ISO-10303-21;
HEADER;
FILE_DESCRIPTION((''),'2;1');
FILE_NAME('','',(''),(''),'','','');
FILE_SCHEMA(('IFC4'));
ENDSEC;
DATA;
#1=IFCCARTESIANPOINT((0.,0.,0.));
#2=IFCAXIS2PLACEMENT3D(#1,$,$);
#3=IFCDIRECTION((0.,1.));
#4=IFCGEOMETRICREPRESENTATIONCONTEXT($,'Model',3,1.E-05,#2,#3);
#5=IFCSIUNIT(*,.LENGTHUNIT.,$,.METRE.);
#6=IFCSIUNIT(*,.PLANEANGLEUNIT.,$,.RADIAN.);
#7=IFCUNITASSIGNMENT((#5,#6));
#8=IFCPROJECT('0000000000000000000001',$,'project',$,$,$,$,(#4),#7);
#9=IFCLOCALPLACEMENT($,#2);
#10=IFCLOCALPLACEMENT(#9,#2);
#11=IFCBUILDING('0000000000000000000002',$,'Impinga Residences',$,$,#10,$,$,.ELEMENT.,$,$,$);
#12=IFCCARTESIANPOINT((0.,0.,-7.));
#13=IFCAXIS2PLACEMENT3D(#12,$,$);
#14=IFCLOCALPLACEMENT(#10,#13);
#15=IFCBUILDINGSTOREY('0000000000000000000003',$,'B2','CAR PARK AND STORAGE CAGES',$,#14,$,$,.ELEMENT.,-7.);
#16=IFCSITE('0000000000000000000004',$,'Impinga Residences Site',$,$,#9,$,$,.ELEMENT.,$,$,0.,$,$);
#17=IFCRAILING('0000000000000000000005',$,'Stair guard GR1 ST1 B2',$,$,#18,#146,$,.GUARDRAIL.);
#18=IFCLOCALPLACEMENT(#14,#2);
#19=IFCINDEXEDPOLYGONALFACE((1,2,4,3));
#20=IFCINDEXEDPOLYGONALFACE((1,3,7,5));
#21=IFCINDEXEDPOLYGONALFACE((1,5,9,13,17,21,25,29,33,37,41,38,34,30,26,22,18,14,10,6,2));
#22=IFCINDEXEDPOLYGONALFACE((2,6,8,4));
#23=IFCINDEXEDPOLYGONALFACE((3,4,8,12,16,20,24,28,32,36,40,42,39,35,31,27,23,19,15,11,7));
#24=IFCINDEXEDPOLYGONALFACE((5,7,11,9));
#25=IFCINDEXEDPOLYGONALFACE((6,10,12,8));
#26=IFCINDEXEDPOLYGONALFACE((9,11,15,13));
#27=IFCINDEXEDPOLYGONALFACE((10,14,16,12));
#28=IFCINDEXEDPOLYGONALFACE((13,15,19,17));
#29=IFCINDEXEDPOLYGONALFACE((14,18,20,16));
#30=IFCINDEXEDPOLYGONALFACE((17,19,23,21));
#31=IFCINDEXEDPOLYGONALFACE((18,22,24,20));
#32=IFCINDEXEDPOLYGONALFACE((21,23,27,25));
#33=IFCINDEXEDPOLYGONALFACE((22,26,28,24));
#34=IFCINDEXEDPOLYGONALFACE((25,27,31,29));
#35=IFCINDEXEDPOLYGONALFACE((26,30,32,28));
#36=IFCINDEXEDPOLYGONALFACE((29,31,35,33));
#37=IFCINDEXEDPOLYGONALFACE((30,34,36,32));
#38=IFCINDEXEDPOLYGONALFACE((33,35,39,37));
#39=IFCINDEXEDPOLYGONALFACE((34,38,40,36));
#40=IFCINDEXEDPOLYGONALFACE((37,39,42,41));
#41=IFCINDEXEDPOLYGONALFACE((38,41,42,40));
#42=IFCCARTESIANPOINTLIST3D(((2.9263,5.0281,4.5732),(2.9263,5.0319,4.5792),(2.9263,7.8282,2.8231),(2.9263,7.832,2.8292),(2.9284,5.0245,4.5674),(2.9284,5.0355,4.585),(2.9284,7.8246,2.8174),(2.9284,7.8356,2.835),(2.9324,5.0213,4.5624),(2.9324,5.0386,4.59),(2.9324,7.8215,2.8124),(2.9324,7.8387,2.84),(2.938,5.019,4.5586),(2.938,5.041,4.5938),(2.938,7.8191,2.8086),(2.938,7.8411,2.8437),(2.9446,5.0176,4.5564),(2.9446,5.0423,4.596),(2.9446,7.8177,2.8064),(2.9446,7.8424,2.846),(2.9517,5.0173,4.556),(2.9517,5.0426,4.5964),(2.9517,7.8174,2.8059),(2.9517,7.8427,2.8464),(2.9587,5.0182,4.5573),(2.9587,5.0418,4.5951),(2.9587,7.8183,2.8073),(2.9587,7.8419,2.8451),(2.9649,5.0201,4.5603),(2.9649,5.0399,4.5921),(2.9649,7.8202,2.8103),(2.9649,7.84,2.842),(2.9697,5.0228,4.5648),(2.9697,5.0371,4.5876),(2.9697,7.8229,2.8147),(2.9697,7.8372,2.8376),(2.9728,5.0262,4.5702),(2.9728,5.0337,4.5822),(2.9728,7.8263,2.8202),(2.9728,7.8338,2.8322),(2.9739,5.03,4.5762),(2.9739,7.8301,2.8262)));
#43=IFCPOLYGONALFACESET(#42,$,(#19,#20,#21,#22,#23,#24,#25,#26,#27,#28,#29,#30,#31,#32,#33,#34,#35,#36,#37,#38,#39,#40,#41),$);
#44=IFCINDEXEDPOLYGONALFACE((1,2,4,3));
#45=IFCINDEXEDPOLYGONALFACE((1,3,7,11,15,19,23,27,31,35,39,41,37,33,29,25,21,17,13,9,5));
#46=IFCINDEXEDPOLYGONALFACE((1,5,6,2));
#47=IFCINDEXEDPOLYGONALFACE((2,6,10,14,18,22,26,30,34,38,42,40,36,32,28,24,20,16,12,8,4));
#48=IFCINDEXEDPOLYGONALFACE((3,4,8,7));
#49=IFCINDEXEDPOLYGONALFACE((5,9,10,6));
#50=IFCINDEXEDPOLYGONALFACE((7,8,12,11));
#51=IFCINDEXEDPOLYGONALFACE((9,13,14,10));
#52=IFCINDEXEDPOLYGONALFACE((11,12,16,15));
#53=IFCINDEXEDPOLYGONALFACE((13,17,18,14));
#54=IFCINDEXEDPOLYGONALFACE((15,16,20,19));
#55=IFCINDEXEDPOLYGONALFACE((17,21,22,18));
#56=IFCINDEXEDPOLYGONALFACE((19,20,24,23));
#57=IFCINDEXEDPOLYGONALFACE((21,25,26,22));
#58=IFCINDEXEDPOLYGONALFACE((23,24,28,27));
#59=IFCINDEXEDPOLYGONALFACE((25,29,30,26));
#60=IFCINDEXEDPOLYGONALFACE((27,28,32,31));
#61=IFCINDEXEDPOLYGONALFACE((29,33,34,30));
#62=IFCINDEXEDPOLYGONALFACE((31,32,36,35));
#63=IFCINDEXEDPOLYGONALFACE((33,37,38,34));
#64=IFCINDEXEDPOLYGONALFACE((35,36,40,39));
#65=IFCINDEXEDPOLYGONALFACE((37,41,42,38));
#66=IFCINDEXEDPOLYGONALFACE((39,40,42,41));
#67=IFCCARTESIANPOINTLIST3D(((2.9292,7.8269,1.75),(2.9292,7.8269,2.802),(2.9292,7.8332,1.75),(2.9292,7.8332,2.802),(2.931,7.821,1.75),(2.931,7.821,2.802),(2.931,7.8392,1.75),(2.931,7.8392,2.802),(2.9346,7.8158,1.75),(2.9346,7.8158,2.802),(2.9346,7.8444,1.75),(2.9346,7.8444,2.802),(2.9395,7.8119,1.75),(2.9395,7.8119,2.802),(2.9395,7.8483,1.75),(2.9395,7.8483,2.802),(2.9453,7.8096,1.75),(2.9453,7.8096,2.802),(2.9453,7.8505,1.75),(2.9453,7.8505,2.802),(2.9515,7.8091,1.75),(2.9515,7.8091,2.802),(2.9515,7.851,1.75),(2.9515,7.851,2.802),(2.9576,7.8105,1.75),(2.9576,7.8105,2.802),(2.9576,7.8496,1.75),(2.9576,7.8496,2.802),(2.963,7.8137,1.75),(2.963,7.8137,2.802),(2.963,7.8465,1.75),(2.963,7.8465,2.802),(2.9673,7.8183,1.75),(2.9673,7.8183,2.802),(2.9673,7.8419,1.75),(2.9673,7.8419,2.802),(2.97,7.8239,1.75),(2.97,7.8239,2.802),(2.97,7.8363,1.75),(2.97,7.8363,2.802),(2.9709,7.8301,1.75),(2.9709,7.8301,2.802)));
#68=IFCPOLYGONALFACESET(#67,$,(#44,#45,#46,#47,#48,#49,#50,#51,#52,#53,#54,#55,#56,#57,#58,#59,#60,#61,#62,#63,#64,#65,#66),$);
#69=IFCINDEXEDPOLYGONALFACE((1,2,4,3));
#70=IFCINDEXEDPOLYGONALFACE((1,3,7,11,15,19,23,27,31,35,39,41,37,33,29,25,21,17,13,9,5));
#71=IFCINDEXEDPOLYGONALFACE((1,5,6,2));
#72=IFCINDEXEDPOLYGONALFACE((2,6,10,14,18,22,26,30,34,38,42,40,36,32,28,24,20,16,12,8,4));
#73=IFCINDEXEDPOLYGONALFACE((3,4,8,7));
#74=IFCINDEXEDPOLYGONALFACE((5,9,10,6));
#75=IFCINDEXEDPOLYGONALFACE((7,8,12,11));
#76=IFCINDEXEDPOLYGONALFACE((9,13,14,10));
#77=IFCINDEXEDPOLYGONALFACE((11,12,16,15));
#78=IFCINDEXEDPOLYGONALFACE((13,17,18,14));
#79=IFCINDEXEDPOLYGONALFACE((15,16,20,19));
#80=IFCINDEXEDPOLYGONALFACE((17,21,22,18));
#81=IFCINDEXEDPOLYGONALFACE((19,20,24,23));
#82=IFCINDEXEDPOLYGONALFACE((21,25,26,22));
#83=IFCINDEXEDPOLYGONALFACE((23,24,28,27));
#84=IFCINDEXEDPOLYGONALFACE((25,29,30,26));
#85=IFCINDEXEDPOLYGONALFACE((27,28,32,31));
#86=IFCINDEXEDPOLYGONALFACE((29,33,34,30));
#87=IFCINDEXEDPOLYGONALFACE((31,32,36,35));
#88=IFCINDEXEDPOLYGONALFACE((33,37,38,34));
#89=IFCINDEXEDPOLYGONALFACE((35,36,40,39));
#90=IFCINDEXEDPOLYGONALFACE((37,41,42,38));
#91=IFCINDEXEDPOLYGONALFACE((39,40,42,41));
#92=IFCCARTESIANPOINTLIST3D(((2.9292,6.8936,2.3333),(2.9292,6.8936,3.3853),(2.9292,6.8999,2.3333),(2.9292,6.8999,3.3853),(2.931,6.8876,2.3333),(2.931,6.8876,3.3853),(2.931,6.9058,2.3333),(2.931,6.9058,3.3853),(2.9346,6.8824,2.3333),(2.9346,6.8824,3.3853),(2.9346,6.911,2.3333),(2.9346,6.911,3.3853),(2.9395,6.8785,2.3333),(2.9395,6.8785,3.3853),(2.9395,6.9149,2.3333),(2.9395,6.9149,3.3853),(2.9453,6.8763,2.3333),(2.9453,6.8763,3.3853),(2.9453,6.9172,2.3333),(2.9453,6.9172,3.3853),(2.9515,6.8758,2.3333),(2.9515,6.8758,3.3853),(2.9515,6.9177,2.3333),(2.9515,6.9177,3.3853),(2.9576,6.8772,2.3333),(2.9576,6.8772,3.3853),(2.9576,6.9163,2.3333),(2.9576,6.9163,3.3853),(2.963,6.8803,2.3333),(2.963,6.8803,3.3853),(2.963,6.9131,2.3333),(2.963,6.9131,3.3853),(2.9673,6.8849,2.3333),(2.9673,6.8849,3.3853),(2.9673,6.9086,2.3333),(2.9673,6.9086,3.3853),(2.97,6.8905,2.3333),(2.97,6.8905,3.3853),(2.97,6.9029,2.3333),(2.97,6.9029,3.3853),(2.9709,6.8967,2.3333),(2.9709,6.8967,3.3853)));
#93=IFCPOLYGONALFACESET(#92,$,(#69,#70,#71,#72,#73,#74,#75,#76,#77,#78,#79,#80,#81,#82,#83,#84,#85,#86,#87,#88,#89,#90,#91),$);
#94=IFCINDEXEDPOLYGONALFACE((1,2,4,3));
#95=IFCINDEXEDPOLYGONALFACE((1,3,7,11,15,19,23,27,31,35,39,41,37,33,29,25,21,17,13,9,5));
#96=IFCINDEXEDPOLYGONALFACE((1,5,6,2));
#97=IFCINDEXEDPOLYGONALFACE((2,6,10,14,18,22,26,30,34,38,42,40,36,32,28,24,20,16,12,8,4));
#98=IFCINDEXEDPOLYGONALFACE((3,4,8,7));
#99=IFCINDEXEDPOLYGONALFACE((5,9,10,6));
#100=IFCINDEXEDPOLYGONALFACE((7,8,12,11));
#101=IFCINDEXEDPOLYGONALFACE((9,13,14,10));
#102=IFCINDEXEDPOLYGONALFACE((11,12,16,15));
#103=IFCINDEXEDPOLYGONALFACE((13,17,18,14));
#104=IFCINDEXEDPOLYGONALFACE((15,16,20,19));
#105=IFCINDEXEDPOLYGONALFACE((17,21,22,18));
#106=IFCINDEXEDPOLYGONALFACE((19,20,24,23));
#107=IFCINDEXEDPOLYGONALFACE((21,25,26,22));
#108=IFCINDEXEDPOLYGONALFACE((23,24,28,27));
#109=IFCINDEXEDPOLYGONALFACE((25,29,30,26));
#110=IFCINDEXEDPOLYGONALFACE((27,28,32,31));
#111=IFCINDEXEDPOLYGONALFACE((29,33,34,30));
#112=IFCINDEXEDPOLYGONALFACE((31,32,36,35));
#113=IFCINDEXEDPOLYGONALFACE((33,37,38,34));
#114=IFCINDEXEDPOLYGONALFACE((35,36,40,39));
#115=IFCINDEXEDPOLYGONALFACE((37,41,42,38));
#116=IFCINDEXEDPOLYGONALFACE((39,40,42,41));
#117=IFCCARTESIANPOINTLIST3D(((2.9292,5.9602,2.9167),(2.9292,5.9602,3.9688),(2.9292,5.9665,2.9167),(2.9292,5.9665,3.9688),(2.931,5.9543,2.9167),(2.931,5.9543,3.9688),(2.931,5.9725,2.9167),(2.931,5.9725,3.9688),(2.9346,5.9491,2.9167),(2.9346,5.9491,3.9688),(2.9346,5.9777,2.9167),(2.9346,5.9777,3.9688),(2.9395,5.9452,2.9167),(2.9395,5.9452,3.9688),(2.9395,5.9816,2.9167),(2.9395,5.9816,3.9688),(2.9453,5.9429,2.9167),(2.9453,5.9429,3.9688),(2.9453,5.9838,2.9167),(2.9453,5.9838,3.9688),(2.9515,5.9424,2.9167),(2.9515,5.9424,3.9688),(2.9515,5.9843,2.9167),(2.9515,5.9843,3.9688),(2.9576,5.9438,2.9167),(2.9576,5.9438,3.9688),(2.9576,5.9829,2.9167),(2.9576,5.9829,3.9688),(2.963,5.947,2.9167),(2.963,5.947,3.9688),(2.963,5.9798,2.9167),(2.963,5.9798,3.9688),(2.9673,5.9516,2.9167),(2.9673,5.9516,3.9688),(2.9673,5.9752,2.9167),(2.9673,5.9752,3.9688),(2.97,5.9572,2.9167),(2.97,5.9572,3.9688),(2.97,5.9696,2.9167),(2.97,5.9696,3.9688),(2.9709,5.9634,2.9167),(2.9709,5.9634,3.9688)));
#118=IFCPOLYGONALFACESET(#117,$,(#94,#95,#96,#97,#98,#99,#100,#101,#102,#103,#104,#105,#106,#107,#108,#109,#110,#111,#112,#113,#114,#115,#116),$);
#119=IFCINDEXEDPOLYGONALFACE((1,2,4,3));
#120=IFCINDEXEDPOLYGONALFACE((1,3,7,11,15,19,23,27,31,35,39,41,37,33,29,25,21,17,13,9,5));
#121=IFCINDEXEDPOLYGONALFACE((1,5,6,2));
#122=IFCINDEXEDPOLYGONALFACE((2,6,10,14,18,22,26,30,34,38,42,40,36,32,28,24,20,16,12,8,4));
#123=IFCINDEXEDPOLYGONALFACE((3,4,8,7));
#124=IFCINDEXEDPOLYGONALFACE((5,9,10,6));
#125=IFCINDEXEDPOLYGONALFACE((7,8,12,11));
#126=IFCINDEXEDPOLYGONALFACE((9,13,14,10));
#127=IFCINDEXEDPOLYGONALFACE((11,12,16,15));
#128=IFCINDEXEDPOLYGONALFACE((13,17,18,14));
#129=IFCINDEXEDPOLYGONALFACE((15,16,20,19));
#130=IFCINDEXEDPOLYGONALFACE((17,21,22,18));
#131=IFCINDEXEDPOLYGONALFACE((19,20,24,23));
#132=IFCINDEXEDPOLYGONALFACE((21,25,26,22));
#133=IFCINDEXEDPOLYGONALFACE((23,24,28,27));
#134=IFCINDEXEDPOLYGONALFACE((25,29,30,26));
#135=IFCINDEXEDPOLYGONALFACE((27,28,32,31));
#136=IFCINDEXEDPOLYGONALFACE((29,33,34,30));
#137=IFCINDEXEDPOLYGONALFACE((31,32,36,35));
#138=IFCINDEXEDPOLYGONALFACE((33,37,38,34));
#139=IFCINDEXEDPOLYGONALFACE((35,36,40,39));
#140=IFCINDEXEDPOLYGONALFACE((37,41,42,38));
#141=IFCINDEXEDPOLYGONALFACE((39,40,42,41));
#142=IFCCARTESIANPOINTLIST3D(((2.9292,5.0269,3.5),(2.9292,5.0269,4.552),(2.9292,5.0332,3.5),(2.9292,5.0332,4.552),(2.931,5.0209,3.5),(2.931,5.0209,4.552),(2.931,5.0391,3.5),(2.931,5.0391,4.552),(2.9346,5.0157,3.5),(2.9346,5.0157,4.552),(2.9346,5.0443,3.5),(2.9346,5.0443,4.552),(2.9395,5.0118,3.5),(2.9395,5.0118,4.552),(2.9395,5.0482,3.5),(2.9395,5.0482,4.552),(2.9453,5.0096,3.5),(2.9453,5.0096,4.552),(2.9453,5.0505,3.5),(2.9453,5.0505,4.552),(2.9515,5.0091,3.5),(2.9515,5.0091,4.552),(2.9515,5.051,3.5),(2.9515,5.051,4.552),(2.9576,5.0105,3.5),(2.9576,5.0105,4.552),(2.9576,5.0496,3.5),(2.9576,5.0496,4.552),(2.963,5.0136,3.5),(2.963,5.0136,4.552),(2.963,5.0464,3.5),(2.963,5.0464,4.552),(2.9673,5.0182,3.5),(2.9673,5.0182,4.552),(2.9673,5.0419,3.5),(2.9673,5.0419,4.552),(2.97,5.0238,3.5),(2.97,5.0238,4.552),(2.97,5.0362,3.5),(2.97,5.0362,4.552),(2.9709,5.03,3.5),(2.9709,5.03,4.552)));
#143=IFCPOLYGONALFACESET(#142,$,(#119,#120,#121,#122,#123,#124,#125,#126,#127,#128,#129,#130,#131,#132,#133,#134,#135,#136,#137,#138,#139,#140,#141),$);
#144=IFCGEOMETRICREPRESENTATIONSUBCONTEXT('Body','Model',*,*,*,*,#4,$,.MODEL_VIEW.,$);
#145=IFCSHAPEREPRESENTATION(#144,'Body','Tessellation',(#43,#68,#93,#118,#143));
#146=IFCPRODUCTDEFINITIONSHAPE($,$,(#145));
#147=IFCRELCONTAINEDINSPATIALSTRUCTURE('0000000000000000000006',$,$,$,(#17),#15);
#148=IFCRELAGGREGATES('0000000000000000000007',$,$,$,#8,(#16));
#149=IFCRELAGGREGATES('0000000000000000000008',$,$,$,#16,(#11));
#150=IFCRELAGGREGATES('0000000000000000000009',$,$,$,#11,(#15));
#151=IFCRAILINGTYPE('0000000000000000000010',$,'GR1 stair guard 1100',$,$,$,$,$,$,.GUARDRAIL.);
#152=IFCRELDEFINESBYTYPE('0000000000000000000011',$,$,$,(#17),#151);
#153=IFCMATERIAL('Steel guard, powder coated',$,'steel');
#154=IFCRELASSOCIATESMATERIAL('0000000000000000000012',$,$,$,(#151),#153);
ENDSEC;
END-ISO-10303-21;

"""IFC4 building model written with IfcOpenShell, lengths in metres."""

from ifc_helpers import new_model, si_unit, direction, frame, origin, origin_2d, place, context, subcontext, project, spatial, circle, extrude, material, type_object, element, save


model = new_model("IFC4")

# Units and contexts
model_context = context("Model", 3, precision=1e-05, world=origin(), true_north=direction((0.0, 1.0)))
body_context = subcontext(model_context, "Body", "Model", "MODEL_VIEW")
ifc_project = project(units=[si_unit("LENGTHUNIT", "METRE"), si_unit("PLANEANGLEUNIT", "RADIAN")], contexts=[model_context])

# Site, building, storey
site_placement = place(None, origin())
site = spatial("IfcSite", under=ifc_project, at=site_placement, Name="Impinga Residences Site", CompositionType="ELEMENT", RefElevation=0.0)
building_placement = place(site_placement, origin())
building = spatial("IfcBuilding", under=site, at=building_placement, Name="Impinga Residences", CompositionType="ELEMENT")
storey_placement = place(building_placement, frame((0.0, 0.0, -7.0)))
storey = spatial("IfcBuildingStorey", under=building, at=storey_placement, Name="B2", Description="CAR PARK AND STORAGE CAGES", CompositionType="ELEMENT", Elevation=-7.0)

# Railing
ifc_material_1 = material(Name="Steel guard, powder coated", Category="steel")
railing_type_1 = type_object("IfcRailingType", Name="GR1 stair guard 1100", PredefinedType="GUARDRAIL", material=ifc_material_1)
railing_1_placement = place(storey_placement, frame((2.95, 7.8301, 1.75)))
element("IfcRailing", 1, at=railing_1_placement, inside=storey, type_object=railing_type_1, Name="Stair guard GR1 ST1 B2", PredefinedType="GUARDRAIL", context=body_context, shape_type="SweptSolid", body=[
    extrude(circle(Radius=0.0239, at=origin_2d()), frame((0.0, 0.0, 1.0762), z_axis=(0.0, -0.848002, 0.529992), x_axis=(1.0, 0.0, 0.0)), (0.0, 0.0, 1.0), 3.302),
    extrude(circle(Radius=0.021, at=origin_2d()), origin(), (0.0, 0.0, 1.0), 1.052),
    extrude(circle(Radius=0.021, at=origin_2d()), frame((0.0, -0.9333, 0.5833)), (0.0, 0.0, 1.0), 1.052),
    extrude(circle(Radius=0.021, at=origin_2d()), frame((0.0, -1.8667, 1.1667)), (0.0, 0.0, 1.0), 1.052),
    extrude(circle(Radius=0.021, at=origin_2d()), frame((0.0, -2.8, 1.75)), (0.0, 0.0, 1.0), 1.052),
])

save(model, "model.ifc")
